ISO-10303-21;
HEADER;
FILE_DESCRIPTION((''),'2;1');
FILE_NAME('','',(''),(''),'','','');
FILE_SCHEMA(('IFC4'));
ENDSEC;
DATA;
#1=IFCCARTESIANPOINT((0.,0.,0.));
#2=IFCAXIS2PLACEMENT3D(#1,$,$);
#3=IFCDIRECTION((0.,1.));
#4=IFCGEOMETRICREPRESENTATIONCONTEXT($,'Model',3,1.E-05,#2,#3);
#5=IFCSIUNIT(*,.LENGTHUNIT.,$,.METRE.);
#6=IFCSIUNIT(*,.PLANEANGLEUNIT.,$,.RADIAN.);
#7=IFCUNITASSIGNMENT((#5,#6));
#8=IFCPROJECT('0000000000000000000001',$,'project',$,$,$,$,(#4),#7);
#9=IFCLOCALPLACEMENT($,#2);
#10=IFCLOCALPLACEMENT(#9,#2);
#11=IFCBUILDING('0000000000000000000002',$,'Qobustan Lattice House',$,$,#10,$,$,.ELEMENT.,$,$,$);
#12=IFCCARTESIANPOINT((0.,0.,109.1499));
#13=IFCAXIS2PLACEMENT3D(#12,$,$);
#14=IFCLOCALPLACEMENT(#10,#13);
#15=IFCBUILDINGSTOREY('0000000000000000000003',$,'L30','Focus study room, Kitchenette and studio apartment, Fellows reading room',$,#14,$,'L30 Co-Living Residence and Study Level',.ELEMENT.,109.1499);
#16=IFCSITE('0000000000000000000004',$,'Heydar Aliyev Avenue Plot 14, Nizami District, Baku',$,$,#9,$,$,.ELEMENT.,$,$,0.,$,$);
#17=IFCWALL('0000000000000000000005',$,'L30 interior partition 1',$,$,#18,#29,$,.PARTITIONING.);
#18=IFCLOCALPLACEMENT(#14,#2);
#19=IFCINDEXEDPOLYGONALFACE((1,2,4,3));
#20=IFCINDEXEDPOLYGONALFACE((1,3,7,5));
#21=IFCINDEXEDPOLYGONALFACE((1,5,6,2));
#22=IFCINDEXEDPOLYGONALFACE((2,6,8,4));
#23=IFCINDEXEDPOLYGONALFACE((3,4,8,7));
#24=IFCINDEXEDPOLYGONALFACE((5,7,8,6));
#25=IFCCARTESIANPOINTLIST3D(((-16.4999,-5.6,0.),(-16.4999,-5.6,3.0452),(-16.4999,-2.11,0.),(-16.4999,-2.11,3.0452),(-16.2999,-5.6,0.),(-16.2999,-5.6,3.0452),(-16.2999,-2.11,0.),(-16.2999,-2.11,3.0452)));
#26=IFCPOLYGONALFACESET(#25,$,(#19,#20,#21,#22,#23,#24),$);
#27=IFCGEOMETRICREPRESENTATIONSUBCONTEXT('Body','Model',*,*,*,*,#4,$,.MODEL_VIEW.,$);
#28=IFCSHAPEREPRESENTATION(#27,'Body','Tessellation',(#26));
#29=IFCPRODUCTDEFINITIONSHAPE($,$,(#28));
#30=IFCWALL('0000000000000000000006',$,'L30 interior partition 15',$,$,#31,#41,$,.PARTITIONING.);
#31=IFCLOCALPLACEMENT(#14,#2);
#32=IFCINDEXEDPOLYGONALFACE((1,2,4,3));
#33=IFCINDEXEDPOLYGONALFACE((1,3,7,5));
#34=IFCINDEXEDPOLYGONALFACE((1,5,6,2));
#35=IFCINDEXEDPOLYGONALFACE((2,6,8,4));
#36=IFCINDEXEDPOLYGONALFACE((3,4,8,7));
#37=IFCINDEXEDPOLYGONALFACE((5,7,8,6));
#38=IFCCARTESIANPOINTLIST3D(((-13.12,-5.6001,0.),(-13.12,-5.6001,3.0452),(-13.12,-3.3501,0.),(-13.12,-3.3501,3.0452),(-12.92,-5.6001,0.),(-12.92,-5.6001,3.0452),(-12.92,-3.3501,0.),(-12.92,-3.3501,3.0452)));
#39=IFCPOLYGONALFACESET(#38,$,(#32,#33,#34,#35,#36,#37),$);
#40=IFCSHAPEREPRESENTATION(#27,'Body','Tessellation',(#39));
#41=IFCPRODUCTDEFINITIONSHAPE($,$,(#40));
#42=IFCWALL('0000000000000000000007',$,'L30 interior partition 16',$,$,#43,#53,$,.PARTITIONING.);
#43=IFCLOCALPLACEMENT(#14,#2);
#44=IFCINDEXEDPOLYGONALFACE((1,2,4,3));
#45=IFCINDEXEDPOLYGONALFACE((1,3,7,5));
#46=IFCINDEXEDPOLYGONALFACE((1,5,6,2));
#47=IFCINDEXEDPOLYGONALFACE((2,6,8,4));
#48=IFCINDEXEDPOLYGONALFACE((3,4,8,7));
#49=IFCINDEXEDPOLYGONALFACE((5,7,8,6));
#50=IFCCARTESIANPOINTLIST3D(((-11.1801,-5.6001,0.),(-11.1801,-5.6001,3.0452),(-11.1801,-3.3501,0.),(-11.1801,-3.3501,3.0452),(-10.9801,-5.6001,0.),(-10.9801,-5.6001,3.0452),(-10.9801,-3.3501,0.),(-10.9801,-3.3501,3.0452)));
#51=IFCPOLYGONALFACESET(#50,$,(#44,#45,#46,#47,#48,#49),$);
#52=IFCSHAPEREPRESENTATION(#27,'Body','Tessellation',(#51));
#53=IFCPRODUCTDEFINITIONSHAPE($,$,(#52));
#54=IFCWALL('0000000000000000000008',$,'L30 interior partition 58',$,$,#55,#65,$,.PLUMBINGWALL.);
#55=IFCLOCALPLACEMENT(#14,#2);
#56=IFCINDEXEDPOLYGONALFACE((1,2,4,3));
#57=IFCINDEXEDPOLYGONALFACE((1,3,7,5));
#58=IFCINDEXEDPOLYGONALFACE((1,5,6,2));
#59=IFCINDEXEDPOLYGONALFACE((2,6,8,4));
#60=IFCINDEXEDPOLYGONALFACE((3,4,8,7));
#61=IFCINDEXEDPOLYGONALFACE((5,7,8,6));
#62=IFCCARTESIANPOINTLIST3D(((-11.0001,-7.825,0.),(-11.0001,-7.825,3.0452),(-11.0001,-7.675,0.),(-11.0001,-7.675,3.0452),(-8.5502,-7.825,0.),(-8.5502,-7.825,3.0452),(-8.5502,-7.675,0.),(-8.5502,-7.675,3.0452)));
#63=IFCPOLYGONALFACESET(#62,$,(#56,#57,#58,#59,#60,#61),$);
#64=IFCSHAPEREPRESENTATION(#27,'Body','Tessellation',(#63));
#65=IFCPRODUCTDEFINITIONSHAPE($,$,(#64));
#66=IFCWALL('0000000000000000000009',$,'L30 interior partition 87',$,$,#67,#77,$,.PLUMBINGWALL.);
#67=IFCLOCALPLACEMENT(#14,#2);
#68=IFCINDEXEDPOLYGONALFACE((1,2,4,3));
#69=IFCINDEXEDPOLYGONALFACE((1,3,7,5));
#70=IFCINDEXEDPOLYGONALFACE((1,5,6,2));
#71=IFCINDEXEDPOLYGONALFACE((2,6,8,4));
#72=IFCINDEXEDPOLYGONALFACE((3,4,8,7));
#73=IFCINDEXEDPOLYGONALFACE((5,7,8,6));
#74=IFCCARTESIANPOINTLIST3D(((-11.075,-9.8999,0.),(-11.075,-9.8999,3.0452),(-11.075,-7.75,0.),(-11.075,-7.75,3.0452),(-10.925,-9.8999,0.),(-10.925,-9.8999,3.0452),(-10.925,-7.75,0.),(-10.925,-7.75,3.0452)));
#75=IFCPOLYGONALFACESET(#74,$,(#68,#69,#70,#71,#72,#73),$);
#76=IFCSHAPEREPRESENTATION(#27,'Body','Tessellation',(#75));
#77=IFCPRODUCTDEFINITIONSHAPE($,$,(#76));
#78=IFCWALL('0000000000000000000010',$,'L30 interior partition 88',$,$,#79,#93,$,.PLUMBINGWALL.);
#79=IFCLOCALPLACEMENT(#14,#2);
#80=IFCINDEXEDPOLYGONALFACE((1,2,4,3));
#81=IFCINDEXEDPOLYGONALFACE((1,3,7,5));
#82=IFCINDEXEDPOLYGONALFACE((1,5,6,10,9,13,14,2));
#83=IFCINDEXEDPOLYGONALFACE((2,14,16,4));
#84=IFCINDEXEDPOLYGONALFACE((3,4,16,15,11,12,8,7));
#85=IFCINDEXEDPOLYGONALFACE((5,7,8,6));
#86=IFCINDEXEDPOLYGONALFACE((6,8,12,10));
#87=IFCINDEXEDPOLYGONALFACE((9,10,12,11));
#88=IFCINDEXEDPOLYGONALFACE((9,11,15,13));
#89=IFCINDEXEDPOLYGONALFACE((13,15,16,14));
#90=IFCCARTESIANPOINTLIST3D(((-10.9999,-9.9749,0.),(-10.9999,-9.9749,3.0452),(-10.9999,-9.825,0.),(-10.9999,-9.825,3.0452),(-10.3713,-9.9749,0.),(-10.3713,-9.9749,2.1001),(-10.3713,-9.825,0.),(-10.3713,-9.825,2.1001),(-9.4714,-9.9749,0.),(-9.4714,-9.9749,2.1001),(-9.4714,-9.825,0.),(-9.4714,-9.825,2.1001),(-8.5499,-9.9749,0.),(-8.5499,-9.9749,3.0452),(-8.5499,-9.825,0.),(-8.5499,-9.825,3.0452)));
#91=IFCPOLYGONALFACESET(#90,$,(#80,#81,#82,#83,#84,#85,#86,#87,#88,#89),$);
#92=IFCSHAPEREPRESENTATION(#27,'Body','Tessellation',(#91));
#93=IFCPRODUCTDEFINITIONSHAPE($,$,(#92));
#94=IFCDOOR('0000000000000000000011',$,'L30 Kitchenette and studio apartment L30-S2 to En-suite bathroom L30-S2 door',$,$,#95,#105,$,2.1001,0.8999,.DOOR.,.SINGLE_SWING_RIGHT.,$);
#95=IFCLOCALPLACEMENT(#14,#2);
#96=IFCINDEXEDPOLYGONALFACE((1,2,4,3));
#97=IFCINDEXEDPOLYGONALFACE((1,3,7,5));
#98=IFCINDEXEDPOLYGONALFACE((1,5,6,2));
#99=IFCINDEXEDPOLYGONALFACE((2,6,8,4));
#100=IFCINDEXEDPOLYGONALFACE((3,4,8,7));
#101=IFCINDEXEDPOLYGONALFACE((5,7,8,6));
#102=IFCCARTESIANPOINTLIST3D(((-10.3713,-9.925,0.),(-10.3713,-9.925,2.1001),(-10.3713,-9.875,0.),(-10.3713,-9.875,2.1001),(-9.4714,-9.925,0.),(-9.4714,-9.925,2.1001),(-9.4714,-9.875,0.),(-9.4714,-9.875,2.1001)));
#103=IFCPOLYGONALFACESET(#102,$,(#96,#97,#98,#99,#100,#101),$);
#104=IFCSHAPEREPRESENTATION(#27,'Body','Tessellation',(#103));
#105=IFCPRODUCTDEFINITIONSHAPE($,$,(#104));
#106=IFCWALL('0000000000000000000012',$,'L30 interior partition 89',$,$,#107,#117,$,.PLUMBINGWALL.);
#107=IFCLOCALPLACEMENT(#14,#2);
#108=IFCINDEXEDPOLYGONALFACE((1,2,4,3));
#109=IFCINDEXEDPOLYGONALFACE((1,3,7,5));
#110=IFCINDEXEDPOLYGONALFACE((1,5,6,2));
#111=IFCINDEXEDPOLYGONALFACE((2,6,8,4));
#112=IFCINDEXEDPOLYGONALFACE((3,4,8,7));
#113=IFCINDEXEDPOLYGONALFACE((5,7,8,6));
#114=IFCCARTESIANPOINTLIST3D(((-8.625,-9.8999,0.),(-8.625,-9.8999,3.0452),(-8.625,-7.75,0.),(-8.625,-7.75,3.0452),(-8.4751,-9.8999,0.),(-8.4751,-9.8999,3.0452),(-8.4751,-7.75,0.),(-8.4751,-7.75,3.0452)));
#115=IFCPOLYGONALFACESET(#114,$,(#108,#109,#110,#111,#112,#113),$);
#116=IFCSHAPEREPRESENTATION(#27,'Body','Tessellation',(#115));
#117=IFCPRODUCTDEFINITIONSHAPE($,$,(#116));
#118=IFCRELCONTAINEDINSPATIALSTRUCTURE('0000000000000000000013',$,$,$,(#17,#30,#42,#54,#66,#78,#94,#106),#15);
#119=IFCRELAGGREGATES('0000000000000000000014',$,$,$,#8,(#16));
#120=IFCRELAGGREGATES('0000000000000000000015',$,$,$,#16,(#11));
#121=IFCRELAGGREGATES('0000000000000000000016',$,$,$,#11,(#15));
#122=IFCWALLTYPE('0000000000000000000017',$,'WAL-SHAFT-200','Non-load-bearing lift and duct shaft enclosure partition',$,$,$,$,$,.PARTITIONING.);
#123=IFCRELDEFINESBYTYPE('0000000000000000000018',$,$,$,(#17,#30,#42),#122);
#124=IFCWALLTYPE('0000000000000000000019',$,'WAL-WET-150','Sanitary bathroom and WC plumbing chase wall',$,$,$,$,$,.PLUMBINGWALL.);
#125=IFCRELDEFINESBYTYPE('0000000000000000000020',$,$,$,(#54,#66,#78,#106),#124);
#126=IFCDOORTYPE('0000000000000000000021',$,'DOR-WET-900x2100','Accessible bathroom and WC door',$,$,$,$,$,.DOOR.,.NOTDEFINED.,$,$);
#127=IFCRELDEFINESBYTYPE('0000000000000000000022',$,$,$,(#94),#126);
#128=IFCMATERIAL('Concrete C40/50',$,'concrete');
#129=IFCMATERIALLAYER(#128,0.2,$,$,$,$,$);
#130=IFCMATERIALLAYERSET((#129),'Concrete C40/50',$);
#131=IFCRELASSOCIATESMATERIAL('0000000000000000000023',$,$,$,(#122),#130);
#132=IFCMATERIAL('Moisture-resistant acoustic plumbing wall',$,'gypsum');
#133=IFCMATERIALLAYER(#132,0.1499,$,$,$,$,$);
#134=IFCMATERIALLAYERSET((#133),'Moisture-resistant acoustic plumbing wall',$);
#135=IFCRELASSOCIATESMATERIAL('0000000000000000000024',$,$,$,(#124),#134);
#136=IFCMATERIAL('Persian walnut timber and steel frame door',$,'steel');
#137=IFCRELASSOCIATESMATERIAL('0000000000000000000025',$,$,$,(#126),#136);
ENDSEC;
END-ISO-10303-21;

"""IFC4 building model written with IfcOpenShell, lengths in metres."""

from ifc_helpers import new_model, si_unit, direction, frame, frame_2d, origin, place, context, subcontext, project, spatial, rectangle, extrude, material, layer, layer_set, type_object, element, fill, save


model = new_model("IFC4")

# Units and contexts
model_context = context("Model", 3, precision=1e-05, world=origin(), true_north=direction((0.0, 1.0)))
body_context = subcontext(model_context, "Body", "Model", "MODEL_VIEW")
ifc_project = project(units=[si_unit("LENGTHUNIT", "METRE"), si_unit("PLANEANGLEUNIT", "RADIAN")], contexts=[model_context])

# Site, building, storey
site_placement = place(None, origin())
site = spatial("IfcSite", under=ifc_project, at=site_placement, Name="Heydar Aliyev Avenue Plot 14, Nizami District, Baku", CompositionType="ELEMENT", RefElevation=0.0)
building_placement = place(site_placement, origin())
building = spatial("IfcBuilding", under=site, at=building_placement, Name="Qobustan Lattice House", CompositionType="ELEMENT")
storey_placement = place(building_placement, frame((0.0, 0.0, 109.1499)))
storey = spatial("IfcBuildingStorey", under=building, at=storey_placement, Name="L30", Description="Focus study room, Kitchenette and studio apartment, Fellows reading room", LongName="L30 Co-Living Residence and Study Level", CompositionType="ELEMENT", Elevation=109.1499)

# Walls
ifc_material_1 = material(Name="Concrete C40/50", Category="concrete")
ifc_layer_1 = layer(ifc_material_1, 0.2)
ifc_layer_set_1 = layer_set([ifc_layer_1], Name="Concrete C40/50")
wall_type_1 = type_object("IfcWallType", Name="WAL-SHAFT-200", Description="Non-load-bearing lift and duct shaft enclosure partition", PredefinedType="PARTITIONING", material=ifc_layer_set_1)
wall_1_placement = place(storey_placement, frame((-16.3999, -5.6001, 0.0), z_axis=(0.0, 0.0, 1.0), x_axis=(0.0, 1.0, 0.0)))
element("IfcWall", 1, at=wall_1_placement, inside=storey, type_object=wall_type_1, Name="L30 interior partition 1", PredefinedType="PARTITIONING", context=body_context, shape_type="SweptSolid", body=[
    extrude(rectangle(XDim=3.49, YDim=0.2, at=frame_2d((1.7451, 0.0))), origin(), (0.0, 0.0, 1.0), 3.0452),
])
for number, where, z_axis, x_axis, name in (
    (2, (-13.02, -5.6001, 0.0), (0.0, 0.0, 1.0), (0.0, 1.0, 0.0), "L30 interior partition 15"),
    (3, (-11.0801, -5.6001, 0.0), (0.0, 0.0, 1.0), (0.0, 1.0, 0.0), "L30 interior partition 16"),
):
    element("IfcWall", number, at=place(storey_placement, frame(where, z_axis=z_axis, x_axis=x_axis)), inside=storey, type_object=wall_type_1, Name=name, PredefinedType="PARTITIONING", context=body_context, shape_type="SweptSolid", body=[
        extrude(rectangle(XDim=2.25, YDim=0.2, at=frame_2d((1.125, 0.0))), origin(), (0.0, 0.0, 1.0), 3.0452),
    ])
ifc_material_2 = material(Name="Moisture-resistant acoustic plumbing wall", Category="gypsum")
ifc_layer_2 = layer(ifc_material_2, 0.1499)
ifc_layer_set_2 = layer_set([ifc_layer_2], Name="Moisture-resistant acoustic plumbing wall")
wall_type_2 = type_object("IfcWallType", Name="WAL-WET-150", Description="Sanitary bathroom and WC plumbing chase wall", PredefinedType="PLUMBINGWALL", material=ifc_layer_set_2)
wall_2_placement = place(storey_placement, frame((-8.55, -7.75, 0.0), z_axis=(0.0, 0.0, 1.0), x_axis=(-1.0, 0.0, 0.0)))
element("IfcWall", 4, at=wall_2_placement, inside=storey, type_object=wall_type_2, Name="L30 interior partition 58", PredefinedType="PLUMBINGWALL", context=body_context, shape_type="SweptSolid", body=[
    extrude(rectangle(XDim=2.45, YDim=0.1499, at=frame_2d((1.2251, 0.0))), origin(), (0.0, 0.0, 1.0), 3.0452),
])
wall_3_placement = place(storey_placement, frame((-11.0, -7.75, 0.0), z_axis=(0.0, 0.0, 1.0), x_axis=(0.0, -1.0, 0.0)))
element("IfcWall", 5, at=wall_3_placement, inside=storey, type_object=wall_type_2, Name="L30 interior partition 87", PredefinedType="PLUMBINGWALL", context=body_context, shape_type="SweptSolid", body=[
    extrude(rectangle(XDim=2.1499, YDim=0.1499, at=frame_2d((1.075, 0.0))), origin(), (0.0, 0.0, 1.0), 3.0452),
])

# Wall, opening, door
wall_4_placement = place(storey_placement, frame((-11.0, -9.8999, 0.0), z_axis=(0.0, 0.0, 1.0), x_axis=(1.0, 0.0, 0.0)))
wall_4 = element("IfcWall", 6, at=wall_4_placement, inside=storey, type_object=wall_type_2, Name="L30 interior partition 88", PredefinedType="PLUMBINGWALL", context=body_context, shape_type="SweptSolid", body=[
    extrude(rectangle(XDim=2.45, YDim=0.1499, at=frame_2d((1.2251, 0.0))), origin(), (0.0, 0.0, 1.0), 3.0452),
])
opening_1_placement = place(wall_4_placement, frame((0.6287, 0.0, 0.0)))
opening_1 = element("IfcOpeningElement", 7, at=opening_1_placement, cuts=wall_4, PredefinedType="OPENING", context=body_context, shape_type="SweptSolid", body=[
    extrude(rectangle(XDim=0.8999, YDim=2.1001, at=frame_2d((0.45, 1.05))), frame((0.0, 0.085, 0.0), z_axis=(0.0, -1.0, 0.0), x_axis=(1.0, 0.0, 0.0)), (0.0, 0.0, 1.0), 0.1699),
])
ifc_material_3 = material(Name="Persian walnut timber and steel frame door", Category="steel")
door_type_1 = type_object("IfcDoorType", Name="DOR-WET-900x2100", Description="Accessible bathroom and WC door", OperationType="NOTDEFINED", PredefinedType="DOOR", material=ifc_material_3)
door_1_placement = place(opening_1_placement, origin())
door_1 = element("IfcDoor", 8, at=door_1_placement, inside=storey, type_object=door_type_1, Name="L30 Kitchenette and studio apartment L30-S2 to En-suite bathroom L30-S2 door", OperationType="SINGLE_SWING_RIGHT", OverallHeight=2.1001, OverallWidth=0.8999, PredefinedType="DOOR", context=body_context, shape_type="SweptSolid", body=[
    extrude(rectangle(XDim=0.8999, YDim=2.1001, at=frame_2d((0.45, 1.05))), frame((0.0, 0.0249, 0.0), z_axis=(0.0, -1.0, 0.0), x_axis=(1.0, 0.0, 0.0)), (0.0, 0.0, 1.0), 0.05),
])
fill(opening_1, door_1)

# Wall
wall_5_placement = place(storey_placement, frame((-8.55, -9.8999, 0.0), z_axis=(0.0, 0.0, 1.0), x_axis=(0.0, 1.0, 0.0)))
element("IfcWall", 9, at=wall_5_placement, inside=storey, type_object=wall_type_2, Name="L30 interior partition 89", PredefinedType="PLUMBINGWALL", context=body_context, shape_type="SweptSolid", body=[
    extrude(rectangle(XDim=2.1499, YDim=0.1499, at=frame_2d((1.075, 0.0))), origin(), (0.0, 0.0, 1.0), 3.0452),
])

save(model, "model.ifc")
